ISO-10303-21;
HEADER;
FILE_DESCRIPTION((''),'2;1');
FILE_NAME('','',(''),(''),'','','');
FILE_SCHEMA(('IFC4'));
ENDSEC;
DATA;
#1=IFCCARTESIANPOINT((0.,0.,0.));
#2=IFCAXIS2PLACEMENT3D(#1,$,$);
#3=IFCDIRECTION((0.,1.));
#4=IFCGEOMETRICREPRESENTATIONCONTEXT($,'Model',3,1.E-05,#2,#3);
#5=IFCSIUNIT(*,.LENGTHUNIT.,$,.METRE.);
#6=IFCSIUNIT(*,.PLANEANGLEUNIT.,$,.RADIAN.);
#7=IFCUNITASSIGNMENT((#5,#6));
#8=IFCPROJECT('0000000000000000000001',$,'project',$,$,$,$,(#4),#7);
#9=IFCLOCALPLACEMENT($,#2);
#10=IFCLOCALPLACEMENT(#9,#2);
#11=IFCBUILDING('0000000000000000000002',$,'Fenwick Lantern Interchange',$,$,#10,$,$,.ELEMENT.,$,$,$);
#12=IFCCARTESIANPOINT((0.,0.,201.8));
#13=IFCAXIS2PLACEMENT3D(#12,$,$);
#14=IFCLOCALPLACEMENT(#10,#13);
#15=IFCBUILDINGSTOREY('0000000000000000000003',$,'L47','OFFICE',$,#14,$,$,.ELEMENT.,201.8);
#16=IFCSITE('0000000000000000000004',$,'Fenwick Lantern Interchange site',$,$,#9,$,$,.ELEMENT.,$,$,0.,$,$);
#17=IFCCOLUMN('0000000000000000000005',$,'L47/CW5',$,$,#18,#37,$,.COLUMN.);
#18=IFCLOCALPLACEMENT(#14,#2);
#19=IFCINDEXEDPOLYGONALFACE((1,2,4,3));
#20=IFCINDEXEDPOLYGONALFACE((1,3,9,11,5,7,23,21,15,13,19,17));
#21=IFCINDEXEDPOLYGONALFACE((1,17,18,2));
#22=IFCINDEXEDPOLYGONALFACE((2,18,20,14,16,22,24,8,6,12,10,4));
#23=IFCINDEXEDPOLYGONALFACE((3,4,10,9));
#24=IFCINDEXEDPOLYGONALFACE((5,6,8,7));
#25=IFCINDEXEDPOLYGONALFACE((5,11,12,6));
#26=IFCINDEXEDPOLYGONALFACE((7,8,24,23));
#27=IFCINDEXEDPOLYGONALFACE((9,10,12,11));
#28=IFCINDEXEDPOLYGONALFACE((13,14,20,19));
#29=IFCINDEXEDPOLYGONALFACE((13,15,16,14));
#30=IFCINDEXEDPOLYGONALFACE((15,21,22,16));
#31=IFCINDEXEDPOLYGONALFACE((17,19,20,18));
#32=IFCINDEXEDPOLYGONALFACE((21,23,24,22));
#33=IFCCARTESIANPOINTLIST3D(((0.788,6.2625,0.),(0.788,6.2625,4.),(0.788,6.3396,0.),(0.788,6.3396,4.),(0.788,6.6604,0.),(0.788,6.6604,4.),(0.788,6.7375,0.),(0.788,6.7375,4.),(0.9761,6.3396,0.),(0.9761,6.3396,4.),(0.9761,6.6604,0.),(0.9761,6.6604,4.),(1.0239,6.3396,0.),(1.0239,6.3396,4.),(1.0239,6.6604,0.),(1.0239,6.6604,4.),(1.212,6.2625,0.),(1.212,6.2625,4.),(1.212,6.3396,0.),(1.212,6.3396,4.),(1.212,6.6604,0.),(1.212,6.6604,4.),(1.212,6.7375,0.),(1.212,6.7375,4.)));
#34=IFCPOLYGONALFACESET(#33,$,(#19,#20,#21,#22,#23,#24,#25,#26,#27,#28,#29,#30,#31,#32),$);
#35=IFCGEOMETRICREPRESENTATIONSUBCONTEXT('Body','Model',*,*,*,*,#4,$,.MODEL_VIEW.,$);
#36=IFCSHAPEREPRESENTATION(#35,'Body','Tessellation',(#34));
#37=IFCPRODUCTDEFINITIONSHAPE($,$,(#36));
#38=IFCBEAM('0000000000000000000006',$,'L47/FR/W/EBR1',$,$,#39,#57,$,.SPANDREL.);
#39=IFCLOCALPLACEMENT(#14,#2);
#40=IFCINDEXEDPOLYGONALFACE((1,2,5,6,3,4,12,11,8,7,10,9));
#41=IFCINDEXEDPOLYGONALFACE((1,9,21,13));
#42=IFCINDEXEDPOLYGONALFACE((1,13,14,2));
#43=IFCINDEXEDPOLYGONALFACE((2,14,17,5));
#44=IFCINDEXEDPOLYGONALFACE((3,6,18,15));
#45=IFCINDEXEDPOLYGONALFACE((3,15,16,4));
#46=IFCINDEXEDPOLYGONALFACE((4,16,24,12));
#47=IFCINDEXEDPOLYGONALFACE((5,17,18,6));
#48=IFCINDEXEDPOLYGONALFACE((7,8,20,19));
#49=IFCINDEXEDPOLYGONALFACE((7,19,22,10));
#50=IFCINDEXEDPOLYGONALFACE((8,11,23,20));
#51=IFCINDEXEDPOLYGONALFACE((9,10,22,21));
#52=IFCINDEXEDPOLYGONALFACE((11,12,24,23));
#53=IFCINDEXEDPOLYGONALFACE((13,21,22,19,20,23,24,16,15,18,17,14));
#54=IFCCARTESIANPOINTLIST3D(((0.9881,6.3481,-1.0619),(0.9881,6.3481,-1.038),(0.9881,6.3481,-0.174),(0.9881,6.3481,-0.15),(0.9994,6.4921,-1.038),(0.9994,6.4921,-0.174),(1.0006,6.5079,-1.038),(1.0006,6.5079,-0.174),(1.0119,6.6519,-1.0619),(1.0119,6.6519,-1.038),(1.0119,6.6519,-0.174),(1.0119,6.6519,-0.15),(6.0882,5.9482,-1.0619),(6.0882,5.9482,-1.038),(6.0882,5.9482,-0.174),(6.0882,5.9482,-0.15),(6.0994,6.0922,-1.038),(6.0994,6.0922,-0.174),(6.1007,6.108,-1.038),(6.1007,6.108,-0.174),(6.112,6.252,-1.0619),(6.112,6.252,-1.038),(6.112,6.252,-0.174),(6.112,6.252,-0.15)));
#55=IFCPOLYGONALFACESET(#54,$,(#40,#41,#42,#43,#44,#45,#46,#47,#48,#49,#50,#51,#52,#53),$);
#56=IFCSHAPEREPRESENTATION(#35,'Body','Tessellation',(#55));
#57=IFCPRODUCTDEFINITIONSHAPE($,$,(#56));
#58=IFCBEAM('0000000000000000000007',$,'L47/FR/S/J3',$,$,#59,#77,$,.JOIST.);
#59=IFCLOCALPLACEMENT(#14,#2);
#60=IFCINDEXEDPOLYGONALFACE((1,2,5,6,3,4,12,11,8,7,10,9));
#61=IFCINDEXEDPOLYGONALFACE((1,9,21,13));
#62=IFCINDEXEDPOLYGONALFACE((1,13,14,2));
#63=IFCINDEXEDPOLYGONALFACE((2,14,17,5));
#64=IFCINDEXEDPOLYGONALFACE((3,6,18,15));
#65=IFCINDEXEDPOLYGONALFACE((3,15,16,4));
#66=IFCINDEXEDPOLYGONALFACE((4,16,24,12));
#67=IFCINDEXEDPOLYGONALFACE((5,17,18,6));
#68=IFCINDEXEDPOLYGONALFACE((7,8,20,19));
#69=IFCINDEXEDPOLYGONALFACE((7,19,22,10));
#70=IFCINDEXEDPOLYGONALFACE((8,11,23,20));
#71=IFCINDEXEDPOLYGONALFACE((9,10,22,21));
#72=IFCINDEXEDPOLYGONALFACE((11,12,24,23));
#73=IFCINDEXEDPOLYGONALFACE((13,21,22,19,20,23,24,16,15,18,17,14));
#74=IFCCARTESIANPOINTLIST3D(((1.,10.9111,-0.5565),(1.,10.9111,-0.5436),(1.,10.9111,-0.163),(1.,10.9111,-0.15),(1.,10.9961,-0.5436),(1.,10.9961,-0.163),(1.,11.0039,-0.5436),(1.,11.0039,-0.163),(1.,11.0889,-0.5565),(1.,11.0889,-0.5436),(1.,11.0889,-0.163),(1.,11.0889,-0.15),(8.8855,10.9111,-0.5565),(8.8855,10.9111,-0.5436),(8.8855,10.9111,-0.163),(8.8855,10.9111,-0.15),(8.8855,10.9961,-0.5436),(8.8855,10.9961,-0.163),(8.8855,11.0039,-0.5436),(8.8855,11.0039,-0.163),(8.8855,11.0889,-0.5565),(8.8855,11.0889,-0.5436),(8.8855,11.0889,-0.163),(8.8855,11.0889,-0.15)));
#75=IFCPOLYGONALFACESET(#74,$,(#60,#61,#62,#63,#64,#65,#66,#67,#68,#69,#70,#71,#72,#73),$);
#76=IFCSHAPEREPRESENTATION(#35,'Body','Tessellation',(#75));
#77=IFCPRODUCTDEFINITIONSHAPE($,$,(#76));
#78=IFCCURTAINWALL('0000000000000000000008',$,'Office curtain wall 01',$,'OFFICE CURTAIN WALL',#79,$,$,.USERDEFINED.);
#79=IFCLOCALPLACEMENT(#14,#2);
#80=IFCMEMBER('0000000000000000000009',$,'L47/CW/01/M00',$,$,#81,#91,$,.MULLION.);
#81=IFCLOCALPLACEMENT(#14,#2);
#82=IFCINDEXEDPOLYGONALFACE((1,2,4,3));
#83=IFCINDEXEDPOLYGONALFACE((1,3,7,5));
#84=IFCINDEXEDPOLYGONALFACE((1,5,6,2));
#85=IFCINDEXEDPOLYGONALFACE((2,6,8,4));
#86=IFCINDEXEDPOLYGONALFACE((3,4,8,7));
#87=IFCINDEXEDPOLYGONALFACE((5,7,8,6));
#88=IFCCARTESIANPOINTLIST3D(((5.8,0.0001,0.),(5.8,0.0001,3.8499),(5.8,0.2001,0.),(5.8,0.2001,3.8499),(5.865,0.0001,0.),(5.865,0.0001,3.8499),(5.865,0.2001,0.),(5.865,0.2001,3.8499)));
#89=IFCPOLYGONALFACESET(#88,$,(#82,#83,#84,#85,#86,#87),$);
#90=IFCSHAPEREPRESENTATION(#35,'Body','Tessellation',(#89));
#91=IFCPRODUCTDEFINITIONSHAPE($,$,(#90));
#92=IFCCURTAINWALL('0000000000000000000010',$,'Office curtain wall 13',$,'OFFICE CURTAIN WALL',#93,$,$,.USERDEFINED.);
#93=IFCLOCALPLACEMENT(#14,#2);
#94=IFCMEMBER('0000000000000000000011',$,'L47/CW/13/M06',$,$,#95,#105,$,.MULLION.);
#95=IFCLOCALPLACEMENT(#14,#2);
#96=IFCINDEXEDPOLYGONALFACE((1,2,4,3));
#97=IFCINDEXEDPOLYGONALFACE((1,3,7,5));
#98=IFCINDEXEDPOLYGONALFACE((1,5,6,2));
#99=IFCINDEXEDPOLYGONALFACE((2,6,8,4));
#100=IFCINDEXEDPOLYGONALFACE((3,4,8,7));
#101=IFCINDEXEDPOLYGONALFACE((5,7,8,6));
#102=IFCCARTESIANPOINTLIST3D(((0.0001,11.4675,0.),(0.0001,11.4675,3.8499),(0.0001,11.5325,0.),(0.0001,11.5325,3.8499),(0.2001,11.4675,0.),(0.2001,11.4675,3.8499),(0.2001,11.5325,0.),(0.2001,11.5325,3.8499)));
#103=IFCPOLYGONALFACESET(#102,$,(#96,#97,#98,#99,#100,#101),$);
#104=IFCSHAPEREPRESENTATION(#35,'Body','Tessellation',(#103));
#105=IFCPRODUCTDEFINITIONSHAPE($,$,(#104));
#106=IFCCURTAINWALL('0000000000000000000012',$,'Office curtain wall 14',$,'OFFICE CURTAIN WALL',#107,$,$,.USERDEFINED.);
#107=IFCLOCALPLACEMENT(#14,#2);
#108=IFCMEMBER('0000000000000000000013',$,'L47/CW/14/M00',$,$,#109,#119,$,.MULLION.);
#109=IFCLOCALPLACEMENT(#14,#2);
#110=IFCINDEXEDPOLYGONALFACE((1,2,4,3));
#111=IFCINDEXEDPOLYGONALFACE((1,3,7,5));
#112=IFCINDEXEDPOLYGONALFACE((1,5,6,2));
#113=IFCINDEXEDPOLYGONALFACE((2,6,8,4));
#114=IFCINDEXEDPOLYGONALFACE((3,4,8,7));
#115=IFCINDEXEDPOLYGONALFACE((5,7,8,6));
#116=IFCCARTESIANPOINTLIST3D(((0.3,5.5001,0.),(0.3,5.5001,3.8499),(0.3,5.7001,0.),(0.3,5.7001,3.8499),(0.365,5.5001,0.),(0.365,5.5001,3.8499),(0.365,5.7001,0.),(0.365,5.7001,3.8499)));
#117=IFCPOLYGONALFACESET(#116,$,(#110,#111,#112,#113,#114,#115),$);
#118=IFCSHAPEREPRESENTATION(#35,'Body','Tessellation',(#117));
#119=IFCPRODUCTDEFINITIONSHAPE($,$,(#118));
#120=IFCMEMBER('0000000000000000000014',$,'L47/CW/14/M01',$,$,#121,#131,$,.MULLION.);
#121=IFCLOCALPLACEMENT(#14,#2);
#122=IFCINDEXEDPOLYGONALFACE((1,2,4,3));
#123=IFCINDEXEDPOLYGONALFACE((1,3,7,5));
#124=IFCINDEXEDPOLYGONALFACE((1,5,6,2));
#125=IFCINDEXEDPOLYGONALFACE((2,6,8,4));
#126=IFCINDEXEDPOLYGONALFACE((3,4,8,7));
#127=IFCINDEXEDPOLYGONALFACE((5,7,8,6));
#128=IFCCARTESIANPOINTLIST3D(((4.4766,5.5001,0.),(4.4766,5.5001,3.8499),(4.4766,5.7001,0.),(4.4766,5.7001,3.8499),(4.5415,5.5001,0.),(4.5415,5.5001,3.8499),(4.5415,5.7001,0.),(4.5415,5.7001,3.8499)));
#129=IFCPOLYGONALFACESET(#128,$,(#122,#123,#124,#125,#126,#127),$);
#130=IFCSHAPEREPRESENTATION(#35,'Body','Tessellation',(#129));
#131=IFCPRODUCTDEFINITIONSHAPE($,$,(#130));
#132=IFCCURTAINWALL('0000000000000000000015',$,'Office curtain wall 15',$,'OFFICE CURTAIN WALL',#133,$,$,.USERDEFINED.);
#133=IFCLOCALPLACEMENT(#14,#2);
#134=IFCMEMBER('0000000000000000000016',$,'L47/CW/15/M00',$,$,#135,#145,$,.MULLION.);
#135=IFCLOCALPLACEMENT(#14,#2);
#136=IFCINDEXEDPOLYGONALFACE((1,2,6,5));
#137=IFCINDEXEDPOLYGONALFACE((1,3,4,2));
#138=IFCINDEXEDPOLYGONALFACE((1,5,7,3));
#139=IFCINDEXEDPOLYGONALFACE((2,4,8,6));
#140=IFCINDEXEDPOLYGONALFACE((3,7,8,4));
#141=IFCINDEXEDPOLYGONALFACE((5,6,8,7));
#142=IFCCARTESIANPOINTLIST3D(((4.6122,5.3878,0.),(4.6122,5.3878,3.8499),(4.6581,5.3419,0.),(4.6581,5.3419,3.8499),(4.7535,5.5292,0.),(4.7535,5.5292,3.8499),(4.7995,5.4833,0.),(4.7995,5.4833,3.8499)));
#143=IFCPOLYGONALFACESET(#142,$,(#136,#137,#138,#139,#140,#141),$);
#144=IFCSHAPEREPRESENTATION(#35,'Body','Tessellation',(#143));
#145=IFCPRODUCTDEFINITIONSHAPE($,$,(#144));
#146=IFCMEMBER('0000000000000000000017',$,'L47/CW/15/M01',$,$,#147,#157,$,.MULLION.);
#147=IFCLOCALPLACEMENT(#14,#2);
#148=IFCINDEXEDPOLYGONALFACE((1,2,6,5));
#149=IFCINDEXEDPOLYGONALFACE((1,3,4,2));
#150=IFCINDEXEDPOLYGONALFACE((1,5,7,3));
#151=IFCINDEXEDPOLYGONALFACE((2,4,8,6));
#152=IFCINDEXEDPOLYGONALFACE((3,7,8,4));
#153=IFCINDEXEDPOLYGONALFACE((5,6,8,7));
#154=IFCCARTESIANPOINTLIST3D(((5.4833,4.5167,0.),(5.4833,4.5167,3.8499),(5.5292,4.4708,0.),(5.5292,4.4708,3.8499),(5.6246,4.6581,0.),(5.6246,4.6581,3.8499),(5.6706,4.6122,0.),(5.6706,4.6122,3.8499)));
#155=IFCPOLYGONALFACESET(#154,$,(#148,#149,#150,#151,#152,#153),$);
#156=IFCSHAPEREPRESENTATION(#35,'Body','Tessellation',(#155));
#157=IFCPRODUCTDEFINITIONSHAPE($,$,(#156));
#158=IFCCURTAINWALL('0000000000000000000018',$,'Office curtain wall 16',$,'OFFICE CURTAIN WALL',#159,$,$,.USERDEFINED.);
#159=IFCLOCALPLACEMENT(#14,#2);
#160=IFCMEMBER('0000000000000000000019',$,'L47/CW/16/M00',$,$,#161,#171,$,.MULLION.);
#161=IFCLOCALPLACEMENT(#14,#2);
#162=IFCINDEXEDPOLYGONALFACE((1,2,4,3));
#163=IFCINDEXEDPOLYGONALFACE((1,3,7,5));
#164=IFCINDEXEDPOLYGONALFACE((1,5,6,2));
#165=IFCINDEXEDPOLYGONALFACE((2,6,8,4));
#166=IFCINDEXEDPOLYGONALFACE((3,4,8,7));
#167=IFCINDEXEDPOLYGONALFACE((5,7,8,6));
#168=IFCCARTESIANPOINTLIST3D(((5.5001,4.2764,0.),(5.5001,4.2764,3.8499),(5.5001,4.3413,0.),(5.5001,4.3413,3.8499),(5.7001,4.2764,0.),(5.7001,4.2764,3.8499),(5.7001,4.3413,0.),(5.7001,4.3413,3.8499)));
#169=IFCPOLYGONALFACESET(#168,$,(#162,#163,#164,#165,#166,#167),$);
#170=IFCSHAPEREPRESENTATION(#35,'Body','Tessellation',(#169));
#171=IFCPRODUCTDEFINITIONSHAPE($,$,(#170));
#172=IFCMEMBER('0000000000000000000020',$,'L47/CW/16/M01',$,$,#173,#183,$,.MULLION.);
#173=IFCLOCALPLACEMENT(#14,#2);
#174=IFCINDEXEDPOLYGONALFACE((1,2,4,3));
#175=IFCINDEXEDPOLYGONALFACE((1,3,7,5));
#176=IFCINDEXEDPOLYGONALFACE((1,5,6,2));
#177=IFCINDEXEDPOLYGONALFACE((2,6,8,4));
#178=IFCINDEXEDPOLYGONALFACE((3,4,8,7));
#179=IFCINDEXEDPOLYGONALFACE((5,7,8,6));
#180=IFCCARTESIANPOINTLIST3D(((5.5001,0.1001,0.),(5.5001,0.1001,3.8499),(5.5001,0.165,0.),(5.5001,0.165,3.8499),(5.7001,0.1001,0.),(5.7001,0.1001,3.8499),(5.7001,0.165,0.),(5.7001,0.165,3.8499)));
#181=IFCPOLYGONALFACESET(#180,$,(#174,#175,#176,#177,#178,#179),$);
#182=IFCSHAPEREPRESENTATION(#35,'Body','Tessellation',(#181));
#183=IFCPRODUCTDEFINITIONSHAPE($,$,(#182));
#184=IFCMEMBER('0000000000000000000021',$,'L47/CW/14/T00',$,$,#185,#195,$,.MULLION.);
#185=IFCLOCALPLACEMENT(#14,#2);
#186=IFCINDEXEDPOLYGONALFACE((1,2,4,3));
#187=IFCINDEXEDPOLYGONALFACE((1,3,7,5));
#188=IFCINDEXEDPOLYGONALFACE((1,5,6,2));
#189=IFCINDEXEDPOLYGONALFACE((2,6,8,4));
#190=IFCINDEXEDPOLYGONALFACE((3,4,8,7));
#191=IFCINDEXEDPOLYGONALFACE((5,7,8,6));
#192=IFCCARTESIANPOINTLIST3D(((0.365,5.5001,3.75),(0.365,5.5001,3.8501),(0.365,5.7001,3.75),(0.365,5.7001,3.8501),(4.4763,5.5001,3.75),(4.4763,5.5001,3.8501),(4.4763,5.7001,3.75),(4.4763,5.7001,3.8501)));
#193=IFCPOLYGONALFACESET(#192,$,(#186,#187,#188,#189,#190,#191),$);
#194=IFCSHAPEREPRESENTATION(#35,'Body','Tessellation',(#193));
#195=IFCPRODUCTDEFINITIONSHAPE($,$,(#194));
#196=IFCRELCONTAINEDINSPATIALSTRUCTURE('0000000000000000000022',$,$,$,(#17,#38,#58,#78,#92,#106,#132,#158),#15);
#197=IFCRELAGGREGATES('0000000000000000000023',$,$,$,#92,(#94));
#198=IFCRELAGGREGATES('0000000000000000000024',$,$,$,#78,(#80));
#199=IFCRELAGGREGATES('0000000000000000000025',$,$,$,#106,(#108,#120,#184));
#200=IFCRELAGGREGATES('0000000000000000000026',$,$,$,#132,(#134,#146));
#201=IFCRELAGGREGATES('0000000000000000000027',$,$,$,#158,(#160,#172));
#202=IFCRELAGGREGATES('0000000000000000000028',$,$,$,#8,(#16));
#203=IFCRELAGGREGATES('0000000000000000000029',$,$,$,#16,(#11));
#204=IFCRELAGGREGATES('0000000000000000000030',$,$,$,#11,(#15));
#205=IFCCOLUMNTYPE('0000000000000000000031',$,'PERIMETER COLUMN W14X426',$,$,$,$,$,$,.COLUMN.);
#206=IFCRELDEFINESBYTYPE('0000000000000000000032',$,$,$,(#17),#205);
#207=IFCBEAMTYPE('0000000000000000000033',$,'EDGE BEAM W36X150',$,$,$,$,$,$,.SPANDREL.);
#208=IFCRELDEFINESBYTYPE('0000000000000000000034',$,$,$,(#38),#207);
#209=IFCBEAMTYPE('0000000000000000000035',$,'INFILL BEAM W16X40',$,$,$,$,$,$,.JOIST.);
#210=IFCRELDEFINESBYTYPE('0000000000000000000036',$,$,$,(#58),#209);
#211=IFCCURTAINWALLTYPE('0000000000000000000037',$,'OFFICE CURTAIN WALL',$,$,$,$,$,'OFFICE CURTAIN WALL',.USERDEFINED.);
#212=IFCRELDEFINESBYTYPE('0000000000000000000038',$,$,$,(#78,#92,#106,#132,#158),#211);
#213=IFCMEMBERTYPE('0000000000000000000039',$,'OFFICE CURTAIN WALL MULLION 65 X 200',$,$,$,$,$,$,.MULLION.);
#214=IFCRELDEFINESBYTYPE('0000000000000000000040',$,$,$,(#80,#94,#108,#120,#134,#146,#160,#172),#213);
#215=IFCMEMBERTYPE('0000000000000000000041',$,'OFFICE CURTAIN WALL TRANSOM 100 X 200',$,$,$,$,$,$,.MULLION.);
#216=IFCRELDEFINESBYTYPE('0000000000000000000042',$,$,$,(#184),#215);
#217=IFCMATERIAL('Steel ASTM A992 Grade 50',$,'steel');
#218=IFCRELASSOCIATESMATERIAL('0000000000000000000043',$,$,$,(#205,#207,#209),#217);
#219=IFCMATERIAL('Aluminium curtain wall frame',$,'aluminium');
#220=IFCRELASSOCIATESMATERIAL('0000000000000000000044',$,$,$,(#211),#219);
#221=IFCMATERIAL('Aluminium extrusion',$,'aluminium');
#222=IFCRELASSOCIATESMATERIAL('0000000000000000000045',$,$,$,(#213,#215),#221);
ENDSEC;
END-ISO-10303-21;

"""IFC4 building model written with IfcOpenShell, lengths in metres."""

from ifc_helpers import new_model, si_unit, direction, frame, origin, origin_2d, place, context, subcontext, project, spatial, rectangle, i_section, extrude, material, material_profile, profile_set, type_object, element, aggregate, save


model = new_model("IFC4")

# Units and contexts
model_context = context("Model", 3, precision=1e-05, world=origin(), true_north=direction((0.0, 1.0)))
body_context = subcontext(model_context, "Body", "Model", "MODEL_VIEW")
ifc_project = project(units=[si_unit("LENGTHUNIT", "METRE"), si_unit("PLANEANGLEUNIT", "RADIAN")], contexts=[model_context])

# Site, building, storey
site_placement = place(None, origin())
site = spatial("IfcSite", under=ifc_project, at=site_placement, Name="Fenwick Lantern Interchange site", CompositionType="ELEMENT", RefElevation=0.0)
building_placement = place(site_placement, origin())
building = spatial("IfcBuilding", under=site, at=building_placement, Name="Fenwick Lantern Interchange", CompositionType="ELEMENT")
storey_placement = place(building_placement, frame((0.0, 0.0, 201.8)))
storey = spatial("IfcBuildingStorey", under=building, at=storey_placement, Name="L47", Description="OFFICE", CompositionType="ELEMENT", Elevation=201.8)

# Column
ifc_material_1 = material(Name="Steel ASTM A992 Grade 50", Category="steel")
ifc_material_profile_1 = material_profile(ifc_material_1, i_section(OverallWidth=0.4241, OverallDepth=0.4751, WebThickness=0.0479, FlangeThickness=0.0771, at=origin_2d()), Name="W14X426")
ifc_profile_set_1 = profile_set([ifc_material_profile_1], Name="Steel ASTM A992 Grade 50")
column_type = type_object("IfcColumnType", Name="PERIMETER COLUMN W14X426", PredefinedType="COLUMN", material=ifc_profile_set_1)
column_placement = place(storey_placement, frame((1.0, 6.5, 0.0), z_axis=(0.0, 0.0, 1.0), x_axis=(1.0, 0.0, 0.0)))
element("IfcColumn", 1, at=column_placement, inside=storey, type_object=column_type, Name="L47/CW5", PredefinedType="COLUMN", context=body_context, shape_type="SweptSolid", body=[
    extrude(i_section(OverallWidth=0.4241, OverallDepth=0.4751, WebThickness=0.0479, FlangeThickness=0.0771, at=origin_2d()), origin(), (0.0, 0.0, 1.0), 4.0),
])

# Beams
ifc_material_profile_2 = material_profile(ifc_material_1, i_section(OverallWidth=0.3047, OverallDepth=0.9119, WebThickness=0.0159, FlangeThickness=0.0239, at=origin_2d()), Name="W36X150")
ifc_profile_set_2 = profile_set([ifc_material_profile_2], Name="Steel ASTM A992 Grade 50")
beam_type_1 = type_object("IfcBeamType", Name="EDGE BEAM W36X150", PredefinedType="SPANDREL", material=ifc_profile_set_2)
beam_1_placement = place(storey_placement, frame((1.0, 6.5, -0.606), z_axis=(0.99694, -0.078171, 0.0), x_axis=(0.078171, 0.99694, 0.0)))
element("IfcBeam", 2, at=beam_1_placement, inside=storey, type_object=beam_type_1, Name="L47/FR/W/EBR1", PredefinedType="SPANDREL", context=body_context, shape_type="SweptSolid", body=[
    extrude(i_section(OverallWidth=0.3047, OverallDepth=0.9119, WebThickness=0.0159, FlangeThickness=0.0239, at=origin_2d()), origin(), (0.0, 0.0, 1.0), 5.1157),
])
ifc_material_profile_3 = material_profile(ifc_material_1, i_section(OverallWidth=0.1777, OverallDepth=0.4065, WebThickness=0.0078, FlangeThickness=0.0129, at=origin_2d()), Name="W16X40")
ifc_profile_set_3 = profile_set([ifc_material_profile_3], Name="Steel ASTM A992 Grade 50")
beam_type_2 = type_object("IfcBeamType", Name="INFILL BEAM W16X40", PredefinedType="JOIST", material=ifc_profile_set_3)
beam_2_placement = place(storey_placement, frame((1.0, 11.0, -0.3533), z_axis=(1.0, 0.0, 0.0), x_axis=(0.0, 1.0, 0.0)))
element("IfcBeam", 3, at=beam_2_placement, inside=storey, type_object=beam_type_2, Name="L47/FR/S/J3", PredefinedType="JOIST", context=body_context, shape_type="SweptSolid", body=[
    extrude(i_section(OverallWidth=0.1777, OverallDepth=0.4065, WebThickness=0.0078, FlangeThickness=0.0129, at=origin_2d()), origin(), (0.0, 0.0, 1.0), 7.8855),
])

# Curtain walls, members
ifc_material_2 = material(Name="Aluminium curtain wall frame", Category="aluminium")
curtain_wall_type = type_object("IfcCurtainWallType", Name="OFFICE CURTAIN WALL", ElementType="OFFICE CURTAIN WALL", PredefinedType="USERDEFINED", material=ifc_material_2)
curtain_wall_1_placement = place(storey_placement, origin())
curtain_wall_1 = element("IfcCurtainWall", 4, at=curtain_wall_1_placement, inside=storey, type_object=curtain_wall_type, Name="Office curtain wall 01", ObjectType="OFFICE CURTAIN WALL", PredefinedType="USERDEFINED")
ifc_material_3 = material(Name="Aluminium extrusion", Category="aluminium")
ifc_material_profile_4 = material_profile(ifc_material_3, rectangle(XDim=0.2, YDim=0.0649, at=origin_2d()), Name="OFFICE CURTAIN WALL MULLION 65 X 200")
ifc_profile_set_4 = profile_set([ifc_material_profile_4], Name="Aluminium extrusion")
member_type_1 = type_object("IfcMemberType", Name="OFFICE CURTAIN WALL MULLION 65 X 200", PredefinedType="MULLION", material=ifc_profile_set_4)
member_1_placement = place(storey_placement, frame((5.8325, 0.1001, 0.0), z_axis=(0.0, 0.0, 1.0), x_axis=(0.0, 1.0, 0.0)))
member_1 = element("IfcMember", 5, at=member_1_placement, type_object=member_type_1, Name="L47/CW/01/M00", PredefinedType="MULLION", context=body_context, shape_type="SweptSolid", body=[
    extrude(rectangle(XDim=0.2, YDim=0.0649, at=origin_2d()), origin(), (0.0, 0.0, 1.0), 3.8499),
])
curtain_wall_2_placement = place(storey_placement, origin())
curtain_wall_2 = element("IfcCurtainWall", 6, at=curtain_wall_2_placement, inside=storey, type_object=curtain_wall_type, Name="Office curtain wall 13", ObjectType="OFFICE CURTAIN WALL", PredefinedType="USERDEFINED")
member_2_placement = place(storey_placement, frame((0.1001, 11.5, 0.0), z_axis=(0.0, 0.0, 1.0), x_axis=(1.0, 0.0, 0.0)))
member_2 = element("IfcMember", 7, at=member_2_placement, type_object=member_type_1, Name="L47/CW/13/M06", PredefinedType="MULLION", context=body_context, shape_type="SweptSolid", body=[
    extrude(rectangle(XDim=0.2, YDim=0.0649, at=origin_2d()), origin(), (0.0, 0.0, 1.0), 3.8499),
])
aggregate(curtain_wall_2, [member_2])

# Curtain walls, members
curtain_wall_3_placement = place(storey_placement, origin())
curtain_wall_3 = element("IfcCurtainWall", 8, at=curtain_wall_3_placement, inside=storey, type_object=curtain_wall_type, Name="Office curtain wall 14", ObjectType="OFFICE CURTAIN WALL", PredefinedType="USERDEFINED")
member_3_placement = place(storey_placement, frame((0.3325, 5.6001, 0.0), z_axis=(0.0, 0.0, 1.0), x_axis=(0.0, 1.0, 0.0)))
member_3 = element("IfcMember", 9, at=member_3_placement, type_object=member_type_1, Name="L47/CW/14/M00", PredefinedType="MULLION", context=body_context, shape_type="SweptSolid", body=[
    extrude(rectangle(XDim=0.2, YDim=0.0649, at=origin_2d()), origin(), (0.0, 0.0, 1.0), 3.8499),
])
member_4_placement = place(storey_placement, frame((4.509, 5.6001, 0.0), z_axis=(0.0, 0.0, 1.0), x_axis=(0.0, 1.0, 0.0)))
member_4 = element("IfcMember", 10, at=member_4_placement, type_object=member_type_1, Name="L47/CW/14/M01", PredefinedType="MULLION", context=body_context, shape_type="SweptSolid", body=[
    extrude(rectangle(XDim=0.2, YDim=0.0649, at=origin_2d()), origin(), (0.0, 0.0, 1.0), 3.8499),
])
curtain_wall_4_placement = place(storey_placement, origin())
curtain_wall_4 = element("IfcCurtainWall", 11, at=curtain_wall_4_placement, inside=storey, type_object=curtain_wall_type, Name="Office curtain wall 15", ObjectType="OFFICE CURTAIN WALL", PredefinedType="USERDEFINED")
member_5_placement = place(storey_placement, frame((4.7058, 5.4355, 0.0), z_axis=(0.0, 0.0, 1.0), x_axis=(0.707107, 0.707107, 0.0)))
member_5 = element("IfcMember", 12, at=member_5_placement, type_object=member_type_1, Name="L47/CW/15/M00", PredefinedType="MULLION", context=body_context, shape_type="SweptSolid", body=[
    extrude(rectangle(XDim=0.2, YDim=0.0649, at=origin_2d()), origin(), (0.0, 0.0, 1.0), 3.8499),
])
member_6_placement = place(storey_placement, frame((5.5769, 4.5645, 0.0), z_axis=(0.0, 0.0, 1.0), x_axis=(0.707107, 0.707107, 0.0)))
member_6 = element("IfcMember", 13, at=member_6_placement, type_object=member_type_1, Name="L47/CW/15/M01", PredefinedType="MULLION", context=body_context, shape_type="SweptSolid", body=[
    extrude(rectangle(XDim=0.2, YDim=0.0649, at=origin_2d()), origin(), (0.0, 0.0, 1.0), 3.8499),
])
curtain_wall_5_placement = place(storey_placement, origin())
curtain_wall_5 = element("IfcCurtainWall", 14, at=curtain_wall_5_placement, inside=storey, type_object=curtain_wall_type, Name="Office curtain wall 16", ObjectType="OFFICE CURTAIN WALL", PredefinedType="USERDEFINED")
member_7_placement = place(storey_placement, frame((5.6001, 4.3088, 0.0), z_axis=(0.0, 0.0, 1.0), x_axis=(1.0, 0.0, 0.0)))
member_7 = element("IfcMember", 15, at=member_7_placement, type_object=member_type_1, Name="L47/CW/16/M00", PredefinedType="MULLION", context=body_context, shape_type="SweptSolid", body=[
    extrude(rectangle(XDim=0.2, YDim=0.0649, at=origin_2d()), origin(), (0.0, 0.0, 1.0), 3.8499),
])
member_8_placement = place(storey_placement, frame((5.6001, 0.1326, 0.0), z_axis=(0.0, 0.0, 1.0), x_axis=(1.0, 0.0, 0.0)))
member_8 = element("IfcMember", 16, at=member_8_placement, type_object=member_type_1, Name="L47/CW/16/M01", PredefinedType="MULLION", context=body_context, shape_type="SweptSolid", body=[
    extrude(rectangle(XDim=0.2, YDim=0.0649, at=origin_2d()), origin(), (0.0, 0.0, 1.0), 3.8499),
])

# Member
ifc_material_profile_5 = material_profile(ifc_material_3, rectangle(XDim=0.2, YDim=0.1001, at=origin_2d()), Name="OFFICE CURTAIN WALL TRANSOM 100 X 200")
ifc_profile_set_5 = profile_set([ifc_material_profile_5], Name="Aluminium extrusion")
member_type_2 = type_object("IfcMemberType", Name="OFFICE CURTAIN WALL TRANSOM 100 X 200", PredefinedType="MULLION", material=ifc_profile_set_5)
member_9_placement = place(storey_placement, frame((0.365, 5.6001, 3.8), z_axis=(1.0, 0.0, 0.0), x_axis=(0.0, 1.0, 0.0)))
member_9 = element("IfcMember", 17, at=member_9_placement, type_object=member_type_2, Name="L47/CW/14/T00", PredefinedType="MULLION", context=body_context, shape_type="SweptSolid", body=[
    extrude(rectangle(XDim=0.2, YDim=0.1001, at=origin_2d()), origin(), (0.0, 0.0, 1.0), 4.1113),
])

aggregate(curtain_wall_1, [member_1])
aggregate(curtain_wall_3, [member_3, member_4, member_9])
aggregate(curtain_wall_4, [member_5, member_6])
aggregate(curtain_wall_5, [member_7, member_8])

save(model, "model.ifc")
